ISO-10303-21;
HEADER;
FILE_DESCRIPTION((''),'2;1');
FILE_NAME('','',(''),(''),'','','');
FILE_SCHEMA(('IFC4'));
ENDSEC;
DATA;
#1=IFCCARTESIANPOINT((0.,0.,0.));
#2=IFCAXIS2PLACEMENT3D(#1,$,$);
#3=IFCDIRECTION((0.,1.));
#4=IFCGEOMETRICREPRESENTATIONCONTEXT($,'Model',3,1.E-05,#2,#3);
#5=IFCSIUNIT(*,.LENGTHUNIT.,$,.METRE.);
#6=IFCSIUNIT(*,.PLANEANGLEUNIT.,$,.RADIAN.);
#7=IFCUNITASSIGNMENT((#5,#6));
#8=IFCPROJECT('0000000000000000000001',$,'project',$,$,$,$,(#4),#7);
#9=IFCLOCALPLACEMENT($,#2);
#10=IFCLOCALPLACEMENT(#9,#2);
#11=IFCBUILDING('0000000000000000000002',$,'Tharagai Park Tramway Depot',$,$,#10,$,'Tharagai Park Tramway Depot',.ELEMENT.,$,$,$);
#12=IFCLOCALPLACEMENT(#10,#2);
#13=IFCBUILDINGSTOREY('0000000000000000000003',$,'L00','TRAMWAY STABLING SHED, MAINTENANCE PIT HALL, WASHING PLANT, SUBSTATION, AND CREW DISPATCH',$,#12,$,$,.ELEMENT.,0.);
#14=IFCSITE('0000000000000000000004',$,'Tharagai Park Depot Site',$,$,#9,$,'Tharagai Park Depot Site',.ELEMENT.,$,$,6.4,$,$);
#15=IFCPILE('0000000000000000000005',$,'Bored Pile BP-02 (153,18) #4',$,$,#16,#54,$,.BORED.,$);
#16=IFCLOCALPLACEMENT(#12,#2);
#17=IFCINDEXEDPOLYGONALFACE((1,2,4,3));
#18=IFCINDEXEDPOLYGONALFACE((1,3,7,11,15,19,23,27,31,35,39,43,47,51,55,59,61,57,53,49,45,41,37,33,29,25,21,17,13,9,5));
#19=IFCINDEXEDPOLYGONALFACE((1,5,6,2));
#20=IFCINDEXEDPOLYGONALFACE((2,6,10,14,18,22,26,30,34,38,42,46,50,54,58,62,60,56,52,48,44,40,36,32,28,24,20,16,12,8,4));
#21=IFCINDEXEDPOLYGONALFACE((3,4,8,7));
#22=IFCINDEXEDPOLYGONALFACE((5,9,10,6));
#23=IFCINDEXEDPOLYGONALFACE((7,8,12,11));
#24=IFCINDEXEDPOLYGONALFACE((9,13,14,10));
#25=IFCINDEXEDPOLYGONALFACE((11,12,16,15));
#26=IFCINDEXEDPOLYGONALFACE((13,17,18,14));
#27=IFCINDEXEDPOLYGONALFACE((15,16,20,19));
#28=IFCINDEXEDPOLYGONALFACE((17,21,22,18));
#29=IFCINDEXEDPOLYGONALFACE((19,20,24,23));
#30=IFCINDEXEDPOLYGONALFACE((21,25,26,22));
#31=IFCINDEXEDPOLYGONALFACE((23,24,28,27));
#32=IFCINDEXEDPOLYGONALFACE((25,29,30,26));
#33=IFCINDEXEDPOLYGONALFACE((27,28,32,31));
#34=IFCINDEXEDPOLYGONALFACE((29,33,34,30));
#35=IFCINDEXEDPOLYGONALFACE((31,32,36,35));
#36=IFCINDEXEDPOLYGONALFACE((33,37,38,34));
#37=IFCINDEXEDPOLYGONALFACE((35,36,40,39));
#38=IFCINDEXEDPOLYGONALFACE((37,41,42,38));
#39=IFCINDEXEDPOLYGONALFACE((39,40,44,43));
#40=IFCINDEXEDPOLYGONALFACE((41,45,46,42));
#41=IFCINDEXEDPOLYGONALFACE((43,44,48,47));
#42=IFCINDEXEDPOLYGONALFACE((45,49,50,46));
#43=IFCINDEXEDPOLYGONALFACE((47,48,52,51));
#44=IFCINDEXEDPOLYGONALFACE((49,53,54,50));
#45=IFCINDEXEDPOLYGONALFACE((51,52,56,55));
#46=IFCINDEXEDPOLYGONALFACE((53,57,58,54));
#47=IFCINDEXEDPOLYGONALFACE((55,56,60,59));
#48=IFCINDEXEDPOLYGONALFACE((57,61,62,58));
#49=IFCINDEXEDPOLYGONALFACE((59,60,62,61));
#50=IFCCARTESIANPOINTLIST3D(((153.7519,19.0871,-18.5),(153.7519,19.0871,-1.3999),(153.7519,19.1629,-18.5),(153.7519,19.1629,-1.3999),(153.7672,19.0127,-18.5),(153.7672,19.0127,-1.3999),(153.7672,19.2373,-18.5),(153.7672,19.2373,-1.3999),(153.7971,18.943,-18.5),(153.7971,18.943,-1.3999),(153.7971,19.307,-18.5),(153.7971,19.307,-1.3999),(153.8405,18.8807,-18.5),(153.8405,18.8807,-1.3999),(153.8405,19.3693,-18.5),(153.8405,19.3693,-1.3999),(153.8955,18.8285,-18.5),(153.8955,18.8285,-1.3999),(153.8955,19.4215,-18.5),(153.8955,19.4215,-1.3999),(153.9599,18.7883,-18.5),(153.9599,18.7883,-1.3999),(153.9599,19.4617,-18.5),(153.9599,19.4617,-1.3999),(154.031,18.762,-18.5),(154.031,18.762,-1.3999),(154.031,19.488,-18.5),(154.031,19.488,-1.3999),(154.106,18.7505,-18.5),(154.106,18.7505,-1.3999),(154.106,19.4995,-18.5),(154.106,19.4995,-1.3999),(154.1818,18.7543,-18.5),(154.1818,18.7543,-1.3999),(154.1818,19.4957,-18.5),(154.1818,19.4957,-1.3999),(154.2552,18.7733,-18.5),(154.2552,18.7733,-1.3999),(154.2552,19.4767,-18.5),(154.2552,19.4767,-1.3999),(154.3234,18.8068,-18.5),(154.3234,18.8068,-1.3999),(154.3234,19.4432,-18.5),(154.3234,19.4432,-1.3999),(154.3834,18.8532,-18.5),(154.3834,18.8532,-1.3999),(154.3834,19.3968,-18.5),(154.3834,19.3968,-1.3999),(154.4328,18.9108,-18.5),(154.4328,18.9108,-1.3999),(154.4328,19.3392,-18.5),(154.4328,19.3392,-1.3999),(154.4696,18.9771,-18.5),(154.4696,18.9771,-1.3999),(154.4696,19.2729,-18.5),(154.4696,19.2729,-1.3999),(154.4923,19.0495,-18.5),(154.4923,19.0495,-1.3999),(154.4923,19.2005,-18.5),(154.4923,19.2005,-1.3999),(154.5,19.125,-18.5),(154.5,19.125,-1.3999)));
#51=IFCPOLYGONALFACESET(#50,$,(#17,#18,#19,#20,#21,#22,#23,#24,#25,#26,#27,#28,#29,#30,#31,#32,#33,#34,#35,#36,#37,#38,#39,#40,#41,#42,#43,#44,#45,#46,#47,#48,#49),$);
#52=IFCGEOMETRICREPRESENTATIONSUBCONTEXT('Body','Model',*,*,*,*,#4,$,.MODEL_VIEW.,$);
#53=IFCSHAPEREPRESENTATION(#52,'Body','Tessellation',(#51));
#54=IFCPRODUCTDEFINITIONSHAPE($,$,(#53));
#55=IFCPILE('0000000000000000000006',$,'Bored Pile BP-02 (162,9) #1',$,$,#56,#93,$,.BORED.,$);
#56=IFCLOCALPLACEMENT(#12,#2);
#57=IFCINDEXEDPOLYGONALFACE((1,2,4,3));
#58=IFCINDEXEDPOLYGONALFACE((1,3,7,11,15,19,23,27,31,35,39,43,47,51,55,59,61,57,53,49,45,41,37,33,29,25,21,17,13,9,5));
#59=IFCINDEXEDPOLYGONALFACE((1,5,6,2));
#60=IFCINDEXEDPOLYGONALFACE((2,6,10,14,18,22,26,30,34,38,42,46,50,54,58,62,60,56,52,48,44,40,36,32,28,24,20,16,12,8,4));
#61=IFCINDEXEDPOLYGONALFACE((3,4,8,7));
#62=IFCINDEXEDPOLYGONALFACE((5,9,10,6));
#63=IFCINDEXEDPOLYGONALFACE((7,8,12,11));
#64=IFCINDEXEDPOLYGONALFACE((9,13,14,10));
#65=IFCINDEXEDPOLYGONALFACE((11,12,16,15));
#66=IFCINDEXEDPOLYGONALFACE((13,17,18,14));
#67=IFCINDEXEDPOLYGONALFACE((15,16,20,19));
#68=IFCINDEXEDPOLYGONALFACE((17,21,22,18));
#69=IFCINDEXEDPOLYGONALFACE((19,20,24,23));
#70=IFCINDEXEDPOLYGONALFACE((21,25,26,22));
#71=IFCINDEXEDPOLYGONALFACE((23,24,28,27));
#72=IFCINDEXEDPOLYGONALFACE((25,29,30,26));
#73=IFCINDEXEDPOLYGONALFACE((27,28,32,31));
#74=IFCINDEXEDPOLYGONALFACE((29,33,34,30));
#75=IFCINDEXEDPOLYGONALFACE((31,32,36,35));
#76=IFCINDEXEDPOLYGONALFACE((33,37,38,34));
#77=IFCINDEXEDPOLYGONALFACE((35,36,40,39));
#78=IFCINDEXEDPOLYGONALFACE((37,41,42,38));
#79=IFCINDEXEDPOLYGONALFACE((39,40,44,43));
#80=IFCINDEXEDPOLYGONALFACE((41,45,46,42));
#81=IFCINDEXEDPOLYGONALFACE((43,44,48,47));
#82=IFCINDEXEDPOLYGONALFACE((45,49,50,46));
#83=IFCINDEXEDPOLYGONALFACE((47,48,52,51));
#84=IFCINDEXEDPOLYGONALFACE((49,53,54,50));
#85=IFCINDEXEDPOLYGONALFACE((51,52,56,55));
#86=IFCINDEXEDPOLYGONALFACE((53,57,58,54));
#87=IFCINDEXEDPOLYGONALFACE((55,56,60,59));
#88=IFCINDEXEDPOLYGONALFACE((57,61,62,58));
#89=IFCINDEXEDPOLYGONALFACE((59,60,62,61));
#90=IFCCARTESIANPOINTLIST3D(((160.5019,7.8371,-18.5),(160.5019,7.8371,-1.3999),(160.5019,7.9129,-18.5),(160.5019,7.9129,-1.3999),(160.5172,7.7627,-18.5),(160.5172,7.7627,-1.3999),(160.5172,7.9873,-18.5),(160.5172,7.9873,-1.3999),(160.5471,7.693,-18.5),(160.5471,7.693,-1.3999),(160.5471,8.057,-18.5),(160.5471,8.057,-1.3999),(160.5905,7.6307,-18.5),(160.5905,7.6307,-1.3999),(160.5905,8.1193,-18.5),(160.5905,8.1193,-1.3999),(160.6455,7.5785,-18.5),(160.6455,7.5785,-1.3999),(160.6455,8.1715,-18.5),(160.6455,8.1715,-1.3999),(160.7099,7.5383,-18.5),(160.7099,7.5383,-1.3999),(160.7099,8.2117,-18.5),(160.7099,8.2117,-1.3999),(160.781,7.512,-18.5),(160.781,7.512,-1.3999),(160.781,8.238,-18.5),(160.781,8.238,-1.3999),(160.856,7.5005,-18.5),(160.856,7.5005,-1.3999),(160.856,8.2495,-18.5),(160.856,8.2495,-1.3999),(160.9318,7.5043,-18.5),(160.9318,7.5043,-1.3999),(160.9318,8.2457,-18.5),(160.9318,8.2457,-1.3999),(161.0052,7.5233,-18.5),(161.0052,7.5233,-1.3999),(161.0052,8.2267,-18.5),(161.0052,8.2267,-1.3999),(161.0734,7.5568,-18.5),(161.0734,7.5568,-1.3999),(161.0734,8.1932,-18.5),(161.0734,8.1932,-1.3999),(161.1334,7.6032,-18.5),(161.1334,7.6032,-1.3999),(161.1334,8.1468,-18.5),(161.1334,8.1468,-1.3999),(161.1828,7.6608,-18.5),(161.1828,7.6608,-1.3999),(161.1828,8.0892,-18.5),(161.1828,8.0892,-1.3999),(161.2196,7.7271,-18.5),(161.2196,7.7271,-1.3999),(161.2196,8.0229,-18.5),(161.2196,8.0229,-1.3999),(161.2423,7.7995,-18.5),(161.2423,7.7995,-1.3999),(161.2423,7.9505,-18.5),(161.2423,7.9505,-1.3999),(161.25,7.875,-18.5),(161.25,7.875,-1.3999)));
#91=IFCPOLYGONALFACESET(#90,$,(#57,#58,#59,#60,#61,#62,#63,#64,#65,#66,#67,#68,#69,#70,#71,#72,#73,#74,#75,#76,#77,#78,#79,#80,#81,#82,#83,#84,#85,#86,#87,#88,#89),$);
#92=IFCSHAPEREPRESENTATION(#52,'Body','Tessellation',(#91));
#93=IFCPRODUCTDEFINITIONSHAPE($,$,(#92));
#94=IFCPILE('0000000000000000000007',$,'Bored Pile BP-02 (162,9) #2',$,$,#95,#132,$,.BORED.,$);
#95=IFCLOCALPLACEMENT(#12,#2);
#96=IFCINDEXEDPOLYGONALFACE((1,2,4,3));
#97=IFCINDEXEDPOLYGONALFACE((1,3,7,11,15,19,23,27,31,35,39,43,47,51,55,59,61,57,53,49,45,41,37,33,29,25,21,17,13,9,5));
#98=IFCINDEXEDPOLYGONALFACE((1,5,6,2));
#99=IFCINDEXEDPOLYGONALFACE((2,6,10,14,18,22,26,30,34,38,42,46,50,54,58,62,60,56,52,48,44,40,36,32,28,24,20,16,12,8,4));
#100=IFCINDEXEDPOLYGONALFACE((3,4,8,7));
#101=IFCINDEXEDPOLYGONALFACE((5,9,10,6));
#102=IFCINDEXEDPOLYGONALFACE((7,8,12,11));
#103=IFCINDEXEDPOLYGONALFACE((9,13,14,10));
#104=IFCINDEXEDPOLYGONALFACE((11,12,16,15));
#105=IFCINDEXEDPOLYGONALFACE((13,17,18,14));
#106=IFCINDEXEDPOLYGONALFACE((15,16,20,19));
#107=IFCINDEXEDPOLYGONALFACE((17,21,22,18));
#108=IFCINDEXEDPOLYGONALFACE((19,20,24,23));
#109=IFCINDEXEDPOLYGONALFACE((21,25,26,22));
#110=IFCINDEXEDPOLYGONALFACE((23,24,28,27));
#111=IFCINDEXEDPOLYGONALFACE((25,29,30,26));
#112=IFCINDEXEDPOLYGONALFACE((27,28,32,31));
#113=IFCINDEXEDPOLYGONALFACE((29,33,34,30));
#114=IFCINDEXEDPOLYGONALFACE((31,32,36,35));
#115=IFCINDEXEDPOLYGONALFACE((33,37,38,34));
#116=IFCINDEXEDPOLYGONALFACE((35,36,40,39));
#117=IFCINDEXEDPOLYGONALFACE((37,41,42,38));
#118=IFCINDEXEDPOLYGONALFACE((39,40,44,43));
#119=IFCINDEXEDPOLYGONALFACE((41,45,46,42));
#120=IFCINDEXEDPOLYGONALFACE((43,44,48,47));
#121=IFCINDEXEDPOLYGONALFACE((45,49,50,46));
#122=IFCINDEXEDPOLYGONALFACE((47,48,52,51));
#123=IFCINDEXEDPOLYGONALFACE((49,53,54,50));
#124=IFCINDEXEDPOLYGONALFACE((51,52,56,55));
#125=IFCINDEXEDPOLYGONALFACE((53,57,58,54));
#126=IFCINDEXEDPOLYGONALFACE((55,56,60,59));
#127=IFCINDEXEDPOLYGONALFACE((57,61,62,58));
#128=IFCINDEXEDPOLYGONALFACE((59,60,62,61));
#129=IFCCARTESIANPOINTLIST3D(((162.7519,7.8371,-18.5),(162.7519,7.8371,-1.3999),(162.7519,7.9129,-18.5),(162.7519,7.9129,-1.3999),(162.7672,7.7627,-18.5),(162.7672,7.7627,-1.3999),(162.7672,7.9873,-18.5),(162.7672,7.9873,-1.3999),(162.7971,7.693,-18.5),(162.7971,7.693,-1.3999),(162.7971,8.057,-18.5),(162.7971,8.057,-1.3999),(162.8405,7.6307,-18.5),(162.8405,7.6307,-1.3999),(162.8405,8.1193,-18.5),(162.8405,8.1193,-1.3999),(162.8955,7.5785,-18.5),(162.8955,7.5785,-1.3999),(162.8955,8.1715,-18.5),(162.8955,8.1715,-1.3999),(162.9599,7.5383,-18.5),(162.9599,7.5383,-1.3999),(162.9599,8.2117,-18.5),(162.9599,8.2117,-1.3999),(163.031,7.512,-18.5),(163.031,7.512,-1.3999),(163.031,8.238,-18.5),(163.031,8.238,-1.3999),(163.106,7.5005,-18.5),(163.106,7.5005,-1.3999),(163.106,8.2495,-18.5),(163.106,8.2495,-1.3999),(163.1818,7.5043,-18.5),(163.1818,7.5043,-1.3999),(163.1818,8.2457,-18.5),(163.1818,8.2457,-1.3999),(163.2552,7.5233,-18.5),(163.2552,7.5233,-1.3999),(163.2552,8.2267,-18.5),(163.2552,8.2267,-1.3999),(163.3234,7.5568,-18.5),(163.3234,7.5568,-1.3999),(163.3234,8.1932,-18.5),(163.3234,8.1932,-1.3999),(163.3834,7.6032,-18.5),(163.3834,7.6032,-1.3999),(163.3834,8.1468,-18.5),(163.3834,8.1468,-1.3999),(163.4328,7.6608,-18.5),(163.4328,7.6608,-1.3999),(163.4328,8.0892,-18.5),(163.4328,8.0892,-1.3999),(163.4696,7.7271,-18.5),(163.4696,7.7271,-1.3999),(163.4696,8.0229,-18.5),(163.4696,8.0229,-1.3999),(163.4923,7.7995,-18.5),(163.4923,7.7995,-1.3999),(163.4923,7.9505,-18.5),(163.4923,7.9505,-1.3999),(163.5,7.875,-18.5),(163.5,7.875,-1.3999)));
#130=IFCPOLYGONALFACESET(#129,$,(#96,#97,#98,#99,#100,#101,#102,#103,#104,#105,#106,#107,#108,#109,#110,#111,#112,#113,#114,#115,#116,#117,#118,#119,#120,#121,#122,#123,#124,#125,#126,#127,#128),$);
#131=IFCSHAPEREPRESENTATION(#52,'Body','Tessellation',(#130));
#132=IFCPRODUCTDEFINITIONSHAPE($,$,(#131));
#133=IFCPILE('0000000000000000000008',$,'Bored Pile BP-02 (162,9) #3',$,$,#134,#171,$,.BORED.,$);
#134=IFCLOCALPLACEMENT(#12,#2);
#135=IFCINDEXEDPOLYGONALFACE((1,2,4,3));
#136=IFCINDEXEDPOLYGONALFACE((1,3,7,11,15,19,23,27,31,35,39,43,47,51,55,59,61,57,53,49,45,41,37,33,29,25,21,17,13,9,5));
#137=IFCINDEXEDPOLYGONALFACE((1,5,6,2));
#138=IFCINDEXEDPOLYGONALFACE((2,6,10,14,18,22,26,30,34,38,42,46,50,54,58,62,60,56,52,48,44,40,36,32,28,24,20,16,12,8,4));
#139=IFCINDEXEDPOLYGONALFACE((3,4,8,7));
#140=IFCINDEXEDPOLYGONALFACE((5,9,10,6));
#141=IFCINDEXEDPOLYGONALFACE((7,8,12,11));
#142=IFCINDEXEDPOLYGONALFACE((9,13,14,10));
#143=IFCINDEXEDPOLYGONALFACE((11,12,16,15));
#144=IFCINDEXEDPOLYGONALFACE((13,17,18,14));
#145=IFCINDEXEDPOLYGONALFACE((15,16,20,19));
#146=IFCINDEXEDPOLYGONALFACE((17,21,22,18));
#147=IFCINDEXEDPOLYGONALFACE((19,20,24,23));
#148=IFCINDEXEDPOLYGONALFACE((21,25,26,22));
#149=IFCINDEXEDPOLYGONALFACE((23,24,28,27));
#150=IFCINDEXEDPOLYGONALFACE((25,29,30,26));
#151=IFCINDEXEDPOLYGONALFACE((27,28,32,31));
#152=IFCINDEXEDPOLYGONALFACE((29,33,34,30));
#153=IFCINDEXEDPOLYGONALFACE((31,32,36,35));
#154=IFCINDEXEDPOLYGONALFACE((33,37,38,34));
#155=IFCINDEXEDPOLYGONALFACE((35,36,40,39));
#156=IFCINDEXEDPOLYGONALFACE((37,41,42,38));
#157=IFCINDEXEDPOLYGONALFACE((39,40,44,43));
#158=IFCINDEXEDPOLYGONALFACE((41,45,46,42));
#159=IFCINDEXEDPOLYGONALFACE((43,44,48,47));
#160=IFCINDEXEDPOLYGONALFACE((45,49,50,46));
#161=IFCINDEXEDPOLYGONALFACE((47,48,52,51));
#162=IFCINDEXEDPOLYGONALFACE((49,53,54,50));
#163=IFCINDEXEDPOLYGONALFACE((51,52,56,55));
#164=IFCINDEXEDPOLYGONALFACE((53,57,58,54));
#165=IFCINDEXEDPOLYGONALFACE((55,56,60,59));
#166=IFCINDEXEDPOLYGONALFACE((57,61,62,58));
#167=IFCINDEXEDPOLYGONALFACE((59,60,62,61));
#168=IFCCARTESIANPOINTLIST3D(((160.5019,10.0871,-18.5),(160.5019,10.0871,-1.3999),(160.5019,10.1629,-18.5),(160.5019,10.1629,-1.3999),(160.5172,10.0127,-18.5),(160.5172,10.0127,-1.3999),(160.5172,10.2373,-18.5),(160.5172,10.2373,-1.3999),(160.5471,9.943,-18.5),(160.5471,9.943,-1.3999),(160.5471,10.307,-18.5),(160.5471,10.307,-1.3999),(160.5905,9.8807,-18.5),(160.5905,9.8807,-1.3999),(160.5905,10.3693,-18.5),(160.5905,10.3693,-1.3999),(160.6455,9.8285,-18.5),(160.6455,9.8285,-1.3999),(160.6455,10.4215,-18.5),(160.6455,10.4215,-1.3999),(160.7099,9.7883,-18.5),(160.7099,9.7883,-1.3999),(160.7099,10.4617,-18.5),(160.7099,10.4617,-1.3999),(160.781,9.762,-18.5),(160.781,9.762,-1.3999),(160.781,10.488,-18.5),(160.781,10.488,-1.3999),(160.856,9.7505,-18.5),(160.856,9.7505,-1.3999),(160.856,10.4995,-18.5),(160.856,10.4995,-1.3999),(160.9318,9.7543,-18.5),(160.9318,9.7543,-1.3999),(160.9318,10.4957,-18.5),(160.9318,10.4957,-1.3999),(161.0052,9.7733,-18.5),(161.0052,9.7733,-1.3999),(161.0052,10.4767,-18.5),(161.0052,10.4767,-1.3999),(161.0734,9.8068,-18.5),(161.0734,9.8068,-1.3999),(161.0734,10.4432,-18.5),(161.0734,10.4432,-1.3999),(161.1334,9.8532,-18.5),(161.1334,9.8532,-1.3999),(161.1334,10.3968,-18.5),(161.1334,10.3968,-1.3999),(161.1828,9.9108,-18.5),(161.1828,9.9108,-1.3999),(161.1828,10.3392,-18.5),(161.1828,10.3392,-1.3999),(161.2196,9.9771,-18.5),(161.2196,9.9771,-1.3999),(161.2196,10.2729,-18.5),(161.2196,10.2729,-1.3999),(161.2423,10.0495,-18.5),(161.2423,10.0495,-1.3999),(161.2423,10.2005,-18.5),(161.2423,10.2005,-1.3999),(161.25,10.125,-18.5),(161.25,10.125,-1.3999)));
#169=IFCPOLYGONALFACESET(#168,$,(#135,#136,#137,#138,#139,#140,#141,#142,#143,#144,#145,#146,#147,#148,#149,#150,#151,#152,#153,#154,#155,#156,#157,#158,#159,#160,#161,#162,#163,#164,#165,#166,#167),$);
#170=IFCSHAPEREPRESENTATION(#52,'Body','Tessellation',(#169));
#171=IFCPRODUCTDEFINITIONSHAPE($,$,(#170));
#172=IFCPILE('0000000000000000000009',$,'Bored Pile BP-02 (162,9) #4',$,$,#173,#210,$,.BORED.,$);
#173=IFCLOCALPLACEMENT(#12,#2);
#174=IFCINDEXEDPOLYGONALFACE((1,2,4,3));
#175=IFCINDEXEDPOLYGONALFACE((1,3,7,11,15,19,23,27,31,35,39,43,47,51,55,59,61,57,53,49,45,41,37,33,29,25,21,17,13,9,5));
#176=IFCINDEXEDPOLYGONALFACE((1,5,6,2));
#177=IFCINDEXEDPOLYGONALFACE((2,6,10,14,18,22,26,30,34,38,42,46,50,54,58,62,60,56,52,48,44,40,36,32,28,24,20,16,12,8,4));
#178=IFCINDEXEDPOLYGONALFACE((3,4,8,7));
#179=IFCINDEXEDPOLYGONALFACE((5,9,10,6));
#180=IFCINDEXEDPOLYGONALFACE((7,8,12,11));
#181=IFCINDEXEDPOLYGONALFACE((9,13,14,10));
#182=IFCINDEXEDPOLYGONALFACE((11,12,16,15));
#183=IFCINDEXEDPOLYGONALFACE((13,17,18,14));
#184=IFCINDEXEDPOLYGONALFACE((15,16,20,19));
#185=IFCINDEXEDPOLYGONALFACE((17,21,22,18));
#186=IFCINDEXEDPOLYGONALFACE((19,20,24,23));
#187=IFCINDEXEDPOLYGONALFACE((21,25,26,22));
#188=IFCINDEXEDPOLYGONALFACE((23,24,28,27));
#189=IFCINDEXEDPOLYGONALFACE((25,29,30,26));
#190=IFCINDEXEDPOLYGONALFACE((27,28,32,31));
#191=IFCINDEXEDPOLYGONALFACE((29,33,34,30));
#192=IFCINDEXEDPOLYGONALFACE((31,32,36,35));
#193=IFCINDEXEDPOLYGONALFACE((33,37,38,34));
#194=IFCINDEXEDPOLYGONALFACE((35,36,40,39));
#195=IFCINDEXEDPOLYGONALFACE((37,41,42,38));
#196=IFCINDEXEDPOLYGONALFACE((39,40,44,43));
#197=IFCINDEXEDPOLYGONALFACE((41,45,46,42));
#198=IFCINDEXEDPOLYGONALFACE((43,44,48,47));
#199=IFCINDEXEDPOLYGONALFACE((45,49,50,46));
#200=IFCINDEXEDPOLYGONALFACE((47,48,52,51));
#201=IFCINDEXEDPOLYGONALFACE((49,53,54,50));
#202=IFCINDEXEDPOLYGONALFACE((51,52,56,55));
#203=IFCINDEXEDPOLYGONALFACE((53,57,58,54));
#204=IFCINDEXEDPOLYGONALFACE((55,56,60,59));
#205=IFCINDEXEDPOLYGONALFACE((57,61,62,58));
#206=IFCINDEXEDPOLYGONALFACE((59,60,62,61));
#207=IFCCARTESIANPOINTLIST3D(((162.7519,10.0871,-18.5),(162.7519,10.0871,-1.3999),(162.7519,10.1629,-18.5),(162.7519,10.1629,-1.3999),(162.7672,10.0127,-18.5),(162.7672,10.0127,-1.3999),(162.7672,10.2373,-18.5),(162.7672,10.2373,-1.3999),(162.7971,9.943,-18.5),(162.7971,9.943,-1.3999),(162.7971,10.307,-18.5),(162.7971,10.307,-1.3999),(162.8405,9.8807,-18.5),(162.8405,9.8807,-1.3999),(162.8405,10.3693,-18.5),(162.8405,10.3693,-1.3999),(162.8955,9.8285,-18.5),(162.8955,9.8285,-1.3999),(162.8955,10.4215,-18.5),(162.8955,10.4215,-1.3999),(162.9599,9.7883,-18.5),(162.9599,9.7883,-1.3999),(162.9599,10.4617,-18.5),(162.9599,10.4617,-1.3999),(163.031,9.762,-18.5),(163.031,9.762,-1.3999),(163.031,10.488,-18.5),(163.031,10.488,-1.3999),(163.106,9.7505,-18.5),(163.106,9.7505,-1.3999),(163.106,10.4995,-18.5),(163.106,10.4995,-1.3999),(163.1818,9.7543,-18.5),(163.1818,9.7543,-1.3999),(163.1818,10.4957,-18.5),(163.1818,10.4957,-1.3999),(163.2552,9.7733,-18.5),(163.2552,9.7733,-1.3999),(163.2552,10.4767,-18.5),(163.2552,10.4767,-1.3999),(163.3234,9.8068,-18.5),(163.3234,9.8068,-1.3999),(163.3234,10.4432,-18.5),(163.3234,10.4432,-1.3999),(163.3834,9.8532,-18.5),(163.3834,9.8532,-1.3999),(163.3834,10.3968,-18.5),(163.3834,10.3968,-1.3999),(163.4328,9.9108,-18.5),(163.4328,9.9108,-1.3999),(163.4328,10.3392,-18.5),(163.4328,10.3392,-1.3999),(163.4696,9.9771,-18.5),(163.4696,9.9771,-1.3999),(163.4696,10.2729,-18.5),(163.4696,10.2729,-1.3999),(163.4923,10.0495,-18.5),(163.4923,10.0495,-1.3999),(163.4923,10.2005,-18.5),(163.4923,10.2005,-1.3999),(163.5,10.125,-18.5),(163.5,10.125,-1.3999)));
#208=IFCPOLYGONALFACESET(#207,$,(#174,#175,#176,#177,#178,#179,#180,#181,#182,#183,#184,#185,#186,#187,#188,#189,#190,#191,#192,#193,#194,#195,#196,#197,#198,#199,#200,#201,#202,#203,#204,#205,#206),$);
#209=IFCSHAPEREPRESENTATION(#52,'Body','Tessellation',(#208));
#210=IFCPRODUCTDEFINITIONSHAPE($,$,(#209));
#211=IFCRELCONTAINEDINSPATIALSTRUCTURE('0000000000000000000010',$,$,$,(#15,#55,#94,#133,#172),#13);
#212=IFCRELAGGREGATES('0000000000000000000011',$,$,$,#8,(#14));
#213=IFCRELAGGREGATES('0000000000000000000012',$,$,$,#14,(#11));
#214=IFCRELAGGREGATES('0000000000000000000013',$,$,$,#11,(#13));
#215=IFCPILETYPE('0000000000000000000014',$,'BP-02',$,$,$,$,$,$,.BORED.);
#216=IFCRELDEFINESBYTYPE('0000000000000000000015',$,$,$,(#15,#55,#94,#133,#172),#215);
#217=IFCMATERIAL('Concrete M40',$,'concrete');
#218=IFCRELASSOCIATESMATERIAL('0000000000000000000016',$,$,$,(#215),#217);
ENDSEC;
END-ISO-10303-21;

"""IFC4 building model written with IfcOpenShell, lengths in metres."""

from ifc_helpers import new_model, si_unit, direction, frame, origin, origin_2d, place, context, subcontext, project, spatial, circle, extrude, material, material_profile, profile_set, type_object, element, save


model = new_model("IFC4")

# Units and contexts
model_context = context("Model", 3, precision=1e-05, world=origin(), true_north=direction((0.0, 1.0)))
body_context = subcontext(model_context, "Body", "Model", "MODEL_VIEW")
ifc_project = project(units=[si_unit("LENGTHUNIT", "METRE"), si_unit("PLANEANGLEUNIT", "RADIAN")], contexts=[model_context])

# Site, building, storey
site_placement = place(None, origin())
site = spatial("IfcSite", under=ifc_project, at=site_placement, Name="Tharagai Park Depot Site", LongName="Tharagai Park Depot Site", CompositionType="ELEMENT", RefElevation=6.4)
building_placement = place(site_placement, origin())
building = spatial("IfcBuilding", under=site, at=building_placement, Name="Tharagai Park Tramway Depot", LongName="Tharagai Park Tramway Depot", CompositionType="ELEMENT")
storey_placement = place(building_placement, origin())
storey = spatial("IfcBuildingStorey", under=building, at=storey_placement, Name="L00", Description="TRAMWAY STABLING SHED, MAINTENANCE PIT HALL, WASHING PLANT, SUBSTATION, AND CREW DISPATCH", CompositionType="ELEMENT", Elevation=0.0)

# Piles
ifc_material_1 = material(Name="Concrete M40", Category="concrete")
ifc_material_profile_1 = material_profile(ifc_material_1, circle(Radius=0.375, at=origin_2d()), Name="PILE D750")
ifc_profile_set_1 = profile_set([ifc_material_profile_1], Name="Concrete M40")
pile_type = type_object("IfcPileType", Name="BP-02", PredefinedType="BORED", material=ifc_profile_set_1)
for number, where, z_axis, x_axis, name in (
    (1, (154.125, 19.125, -1.3999), (0.0, 0.0, -1.0), (1.0, 0.0, 0.0), "Bored Pile BP-02 (153,18) #4"),
    (2, (160.875, 7.875, -1.3999), (0.0, 0.0, -1.0), (1.0, 0.0, 0.0), "Bored Pile BP-02 (162,9) #1"),
    (3, (163.125, 7.875, -1.3999), (0.0, 0.0, -1.0), (1.0, 0.0, 0.0), "Bored Pile BP-02 (162,9) #2"),
    (4, (160.875, 10.125, -1.3999), (0.0, 0.0, -1.0), (1.0, 0.0, 0.0), "Bored Pile BP-02 (162,9) #3"),
    (5, (163.125, 10.125, -1.3999), (0.0, 0.0, -1.0), (1.0, 0.0, 0.0), "Bored Pile BP-02 (162,9) #4"),
):
    element("IfcPile", number, at=place(storey_placement, frame(where, z_axis=z_axis, x_axis=x_axis)), inside=storey, type_object=pile_type, Name=name, PredefinedType="BORED", context=body_context, shape_type="SweptSolid", body=[
        extrude(circle(Radius=0.375, at=origin_2d()), origin(), (0.0, 0.0, 1.0), 17.1001),
    ])

save(model, "model.ifc")
